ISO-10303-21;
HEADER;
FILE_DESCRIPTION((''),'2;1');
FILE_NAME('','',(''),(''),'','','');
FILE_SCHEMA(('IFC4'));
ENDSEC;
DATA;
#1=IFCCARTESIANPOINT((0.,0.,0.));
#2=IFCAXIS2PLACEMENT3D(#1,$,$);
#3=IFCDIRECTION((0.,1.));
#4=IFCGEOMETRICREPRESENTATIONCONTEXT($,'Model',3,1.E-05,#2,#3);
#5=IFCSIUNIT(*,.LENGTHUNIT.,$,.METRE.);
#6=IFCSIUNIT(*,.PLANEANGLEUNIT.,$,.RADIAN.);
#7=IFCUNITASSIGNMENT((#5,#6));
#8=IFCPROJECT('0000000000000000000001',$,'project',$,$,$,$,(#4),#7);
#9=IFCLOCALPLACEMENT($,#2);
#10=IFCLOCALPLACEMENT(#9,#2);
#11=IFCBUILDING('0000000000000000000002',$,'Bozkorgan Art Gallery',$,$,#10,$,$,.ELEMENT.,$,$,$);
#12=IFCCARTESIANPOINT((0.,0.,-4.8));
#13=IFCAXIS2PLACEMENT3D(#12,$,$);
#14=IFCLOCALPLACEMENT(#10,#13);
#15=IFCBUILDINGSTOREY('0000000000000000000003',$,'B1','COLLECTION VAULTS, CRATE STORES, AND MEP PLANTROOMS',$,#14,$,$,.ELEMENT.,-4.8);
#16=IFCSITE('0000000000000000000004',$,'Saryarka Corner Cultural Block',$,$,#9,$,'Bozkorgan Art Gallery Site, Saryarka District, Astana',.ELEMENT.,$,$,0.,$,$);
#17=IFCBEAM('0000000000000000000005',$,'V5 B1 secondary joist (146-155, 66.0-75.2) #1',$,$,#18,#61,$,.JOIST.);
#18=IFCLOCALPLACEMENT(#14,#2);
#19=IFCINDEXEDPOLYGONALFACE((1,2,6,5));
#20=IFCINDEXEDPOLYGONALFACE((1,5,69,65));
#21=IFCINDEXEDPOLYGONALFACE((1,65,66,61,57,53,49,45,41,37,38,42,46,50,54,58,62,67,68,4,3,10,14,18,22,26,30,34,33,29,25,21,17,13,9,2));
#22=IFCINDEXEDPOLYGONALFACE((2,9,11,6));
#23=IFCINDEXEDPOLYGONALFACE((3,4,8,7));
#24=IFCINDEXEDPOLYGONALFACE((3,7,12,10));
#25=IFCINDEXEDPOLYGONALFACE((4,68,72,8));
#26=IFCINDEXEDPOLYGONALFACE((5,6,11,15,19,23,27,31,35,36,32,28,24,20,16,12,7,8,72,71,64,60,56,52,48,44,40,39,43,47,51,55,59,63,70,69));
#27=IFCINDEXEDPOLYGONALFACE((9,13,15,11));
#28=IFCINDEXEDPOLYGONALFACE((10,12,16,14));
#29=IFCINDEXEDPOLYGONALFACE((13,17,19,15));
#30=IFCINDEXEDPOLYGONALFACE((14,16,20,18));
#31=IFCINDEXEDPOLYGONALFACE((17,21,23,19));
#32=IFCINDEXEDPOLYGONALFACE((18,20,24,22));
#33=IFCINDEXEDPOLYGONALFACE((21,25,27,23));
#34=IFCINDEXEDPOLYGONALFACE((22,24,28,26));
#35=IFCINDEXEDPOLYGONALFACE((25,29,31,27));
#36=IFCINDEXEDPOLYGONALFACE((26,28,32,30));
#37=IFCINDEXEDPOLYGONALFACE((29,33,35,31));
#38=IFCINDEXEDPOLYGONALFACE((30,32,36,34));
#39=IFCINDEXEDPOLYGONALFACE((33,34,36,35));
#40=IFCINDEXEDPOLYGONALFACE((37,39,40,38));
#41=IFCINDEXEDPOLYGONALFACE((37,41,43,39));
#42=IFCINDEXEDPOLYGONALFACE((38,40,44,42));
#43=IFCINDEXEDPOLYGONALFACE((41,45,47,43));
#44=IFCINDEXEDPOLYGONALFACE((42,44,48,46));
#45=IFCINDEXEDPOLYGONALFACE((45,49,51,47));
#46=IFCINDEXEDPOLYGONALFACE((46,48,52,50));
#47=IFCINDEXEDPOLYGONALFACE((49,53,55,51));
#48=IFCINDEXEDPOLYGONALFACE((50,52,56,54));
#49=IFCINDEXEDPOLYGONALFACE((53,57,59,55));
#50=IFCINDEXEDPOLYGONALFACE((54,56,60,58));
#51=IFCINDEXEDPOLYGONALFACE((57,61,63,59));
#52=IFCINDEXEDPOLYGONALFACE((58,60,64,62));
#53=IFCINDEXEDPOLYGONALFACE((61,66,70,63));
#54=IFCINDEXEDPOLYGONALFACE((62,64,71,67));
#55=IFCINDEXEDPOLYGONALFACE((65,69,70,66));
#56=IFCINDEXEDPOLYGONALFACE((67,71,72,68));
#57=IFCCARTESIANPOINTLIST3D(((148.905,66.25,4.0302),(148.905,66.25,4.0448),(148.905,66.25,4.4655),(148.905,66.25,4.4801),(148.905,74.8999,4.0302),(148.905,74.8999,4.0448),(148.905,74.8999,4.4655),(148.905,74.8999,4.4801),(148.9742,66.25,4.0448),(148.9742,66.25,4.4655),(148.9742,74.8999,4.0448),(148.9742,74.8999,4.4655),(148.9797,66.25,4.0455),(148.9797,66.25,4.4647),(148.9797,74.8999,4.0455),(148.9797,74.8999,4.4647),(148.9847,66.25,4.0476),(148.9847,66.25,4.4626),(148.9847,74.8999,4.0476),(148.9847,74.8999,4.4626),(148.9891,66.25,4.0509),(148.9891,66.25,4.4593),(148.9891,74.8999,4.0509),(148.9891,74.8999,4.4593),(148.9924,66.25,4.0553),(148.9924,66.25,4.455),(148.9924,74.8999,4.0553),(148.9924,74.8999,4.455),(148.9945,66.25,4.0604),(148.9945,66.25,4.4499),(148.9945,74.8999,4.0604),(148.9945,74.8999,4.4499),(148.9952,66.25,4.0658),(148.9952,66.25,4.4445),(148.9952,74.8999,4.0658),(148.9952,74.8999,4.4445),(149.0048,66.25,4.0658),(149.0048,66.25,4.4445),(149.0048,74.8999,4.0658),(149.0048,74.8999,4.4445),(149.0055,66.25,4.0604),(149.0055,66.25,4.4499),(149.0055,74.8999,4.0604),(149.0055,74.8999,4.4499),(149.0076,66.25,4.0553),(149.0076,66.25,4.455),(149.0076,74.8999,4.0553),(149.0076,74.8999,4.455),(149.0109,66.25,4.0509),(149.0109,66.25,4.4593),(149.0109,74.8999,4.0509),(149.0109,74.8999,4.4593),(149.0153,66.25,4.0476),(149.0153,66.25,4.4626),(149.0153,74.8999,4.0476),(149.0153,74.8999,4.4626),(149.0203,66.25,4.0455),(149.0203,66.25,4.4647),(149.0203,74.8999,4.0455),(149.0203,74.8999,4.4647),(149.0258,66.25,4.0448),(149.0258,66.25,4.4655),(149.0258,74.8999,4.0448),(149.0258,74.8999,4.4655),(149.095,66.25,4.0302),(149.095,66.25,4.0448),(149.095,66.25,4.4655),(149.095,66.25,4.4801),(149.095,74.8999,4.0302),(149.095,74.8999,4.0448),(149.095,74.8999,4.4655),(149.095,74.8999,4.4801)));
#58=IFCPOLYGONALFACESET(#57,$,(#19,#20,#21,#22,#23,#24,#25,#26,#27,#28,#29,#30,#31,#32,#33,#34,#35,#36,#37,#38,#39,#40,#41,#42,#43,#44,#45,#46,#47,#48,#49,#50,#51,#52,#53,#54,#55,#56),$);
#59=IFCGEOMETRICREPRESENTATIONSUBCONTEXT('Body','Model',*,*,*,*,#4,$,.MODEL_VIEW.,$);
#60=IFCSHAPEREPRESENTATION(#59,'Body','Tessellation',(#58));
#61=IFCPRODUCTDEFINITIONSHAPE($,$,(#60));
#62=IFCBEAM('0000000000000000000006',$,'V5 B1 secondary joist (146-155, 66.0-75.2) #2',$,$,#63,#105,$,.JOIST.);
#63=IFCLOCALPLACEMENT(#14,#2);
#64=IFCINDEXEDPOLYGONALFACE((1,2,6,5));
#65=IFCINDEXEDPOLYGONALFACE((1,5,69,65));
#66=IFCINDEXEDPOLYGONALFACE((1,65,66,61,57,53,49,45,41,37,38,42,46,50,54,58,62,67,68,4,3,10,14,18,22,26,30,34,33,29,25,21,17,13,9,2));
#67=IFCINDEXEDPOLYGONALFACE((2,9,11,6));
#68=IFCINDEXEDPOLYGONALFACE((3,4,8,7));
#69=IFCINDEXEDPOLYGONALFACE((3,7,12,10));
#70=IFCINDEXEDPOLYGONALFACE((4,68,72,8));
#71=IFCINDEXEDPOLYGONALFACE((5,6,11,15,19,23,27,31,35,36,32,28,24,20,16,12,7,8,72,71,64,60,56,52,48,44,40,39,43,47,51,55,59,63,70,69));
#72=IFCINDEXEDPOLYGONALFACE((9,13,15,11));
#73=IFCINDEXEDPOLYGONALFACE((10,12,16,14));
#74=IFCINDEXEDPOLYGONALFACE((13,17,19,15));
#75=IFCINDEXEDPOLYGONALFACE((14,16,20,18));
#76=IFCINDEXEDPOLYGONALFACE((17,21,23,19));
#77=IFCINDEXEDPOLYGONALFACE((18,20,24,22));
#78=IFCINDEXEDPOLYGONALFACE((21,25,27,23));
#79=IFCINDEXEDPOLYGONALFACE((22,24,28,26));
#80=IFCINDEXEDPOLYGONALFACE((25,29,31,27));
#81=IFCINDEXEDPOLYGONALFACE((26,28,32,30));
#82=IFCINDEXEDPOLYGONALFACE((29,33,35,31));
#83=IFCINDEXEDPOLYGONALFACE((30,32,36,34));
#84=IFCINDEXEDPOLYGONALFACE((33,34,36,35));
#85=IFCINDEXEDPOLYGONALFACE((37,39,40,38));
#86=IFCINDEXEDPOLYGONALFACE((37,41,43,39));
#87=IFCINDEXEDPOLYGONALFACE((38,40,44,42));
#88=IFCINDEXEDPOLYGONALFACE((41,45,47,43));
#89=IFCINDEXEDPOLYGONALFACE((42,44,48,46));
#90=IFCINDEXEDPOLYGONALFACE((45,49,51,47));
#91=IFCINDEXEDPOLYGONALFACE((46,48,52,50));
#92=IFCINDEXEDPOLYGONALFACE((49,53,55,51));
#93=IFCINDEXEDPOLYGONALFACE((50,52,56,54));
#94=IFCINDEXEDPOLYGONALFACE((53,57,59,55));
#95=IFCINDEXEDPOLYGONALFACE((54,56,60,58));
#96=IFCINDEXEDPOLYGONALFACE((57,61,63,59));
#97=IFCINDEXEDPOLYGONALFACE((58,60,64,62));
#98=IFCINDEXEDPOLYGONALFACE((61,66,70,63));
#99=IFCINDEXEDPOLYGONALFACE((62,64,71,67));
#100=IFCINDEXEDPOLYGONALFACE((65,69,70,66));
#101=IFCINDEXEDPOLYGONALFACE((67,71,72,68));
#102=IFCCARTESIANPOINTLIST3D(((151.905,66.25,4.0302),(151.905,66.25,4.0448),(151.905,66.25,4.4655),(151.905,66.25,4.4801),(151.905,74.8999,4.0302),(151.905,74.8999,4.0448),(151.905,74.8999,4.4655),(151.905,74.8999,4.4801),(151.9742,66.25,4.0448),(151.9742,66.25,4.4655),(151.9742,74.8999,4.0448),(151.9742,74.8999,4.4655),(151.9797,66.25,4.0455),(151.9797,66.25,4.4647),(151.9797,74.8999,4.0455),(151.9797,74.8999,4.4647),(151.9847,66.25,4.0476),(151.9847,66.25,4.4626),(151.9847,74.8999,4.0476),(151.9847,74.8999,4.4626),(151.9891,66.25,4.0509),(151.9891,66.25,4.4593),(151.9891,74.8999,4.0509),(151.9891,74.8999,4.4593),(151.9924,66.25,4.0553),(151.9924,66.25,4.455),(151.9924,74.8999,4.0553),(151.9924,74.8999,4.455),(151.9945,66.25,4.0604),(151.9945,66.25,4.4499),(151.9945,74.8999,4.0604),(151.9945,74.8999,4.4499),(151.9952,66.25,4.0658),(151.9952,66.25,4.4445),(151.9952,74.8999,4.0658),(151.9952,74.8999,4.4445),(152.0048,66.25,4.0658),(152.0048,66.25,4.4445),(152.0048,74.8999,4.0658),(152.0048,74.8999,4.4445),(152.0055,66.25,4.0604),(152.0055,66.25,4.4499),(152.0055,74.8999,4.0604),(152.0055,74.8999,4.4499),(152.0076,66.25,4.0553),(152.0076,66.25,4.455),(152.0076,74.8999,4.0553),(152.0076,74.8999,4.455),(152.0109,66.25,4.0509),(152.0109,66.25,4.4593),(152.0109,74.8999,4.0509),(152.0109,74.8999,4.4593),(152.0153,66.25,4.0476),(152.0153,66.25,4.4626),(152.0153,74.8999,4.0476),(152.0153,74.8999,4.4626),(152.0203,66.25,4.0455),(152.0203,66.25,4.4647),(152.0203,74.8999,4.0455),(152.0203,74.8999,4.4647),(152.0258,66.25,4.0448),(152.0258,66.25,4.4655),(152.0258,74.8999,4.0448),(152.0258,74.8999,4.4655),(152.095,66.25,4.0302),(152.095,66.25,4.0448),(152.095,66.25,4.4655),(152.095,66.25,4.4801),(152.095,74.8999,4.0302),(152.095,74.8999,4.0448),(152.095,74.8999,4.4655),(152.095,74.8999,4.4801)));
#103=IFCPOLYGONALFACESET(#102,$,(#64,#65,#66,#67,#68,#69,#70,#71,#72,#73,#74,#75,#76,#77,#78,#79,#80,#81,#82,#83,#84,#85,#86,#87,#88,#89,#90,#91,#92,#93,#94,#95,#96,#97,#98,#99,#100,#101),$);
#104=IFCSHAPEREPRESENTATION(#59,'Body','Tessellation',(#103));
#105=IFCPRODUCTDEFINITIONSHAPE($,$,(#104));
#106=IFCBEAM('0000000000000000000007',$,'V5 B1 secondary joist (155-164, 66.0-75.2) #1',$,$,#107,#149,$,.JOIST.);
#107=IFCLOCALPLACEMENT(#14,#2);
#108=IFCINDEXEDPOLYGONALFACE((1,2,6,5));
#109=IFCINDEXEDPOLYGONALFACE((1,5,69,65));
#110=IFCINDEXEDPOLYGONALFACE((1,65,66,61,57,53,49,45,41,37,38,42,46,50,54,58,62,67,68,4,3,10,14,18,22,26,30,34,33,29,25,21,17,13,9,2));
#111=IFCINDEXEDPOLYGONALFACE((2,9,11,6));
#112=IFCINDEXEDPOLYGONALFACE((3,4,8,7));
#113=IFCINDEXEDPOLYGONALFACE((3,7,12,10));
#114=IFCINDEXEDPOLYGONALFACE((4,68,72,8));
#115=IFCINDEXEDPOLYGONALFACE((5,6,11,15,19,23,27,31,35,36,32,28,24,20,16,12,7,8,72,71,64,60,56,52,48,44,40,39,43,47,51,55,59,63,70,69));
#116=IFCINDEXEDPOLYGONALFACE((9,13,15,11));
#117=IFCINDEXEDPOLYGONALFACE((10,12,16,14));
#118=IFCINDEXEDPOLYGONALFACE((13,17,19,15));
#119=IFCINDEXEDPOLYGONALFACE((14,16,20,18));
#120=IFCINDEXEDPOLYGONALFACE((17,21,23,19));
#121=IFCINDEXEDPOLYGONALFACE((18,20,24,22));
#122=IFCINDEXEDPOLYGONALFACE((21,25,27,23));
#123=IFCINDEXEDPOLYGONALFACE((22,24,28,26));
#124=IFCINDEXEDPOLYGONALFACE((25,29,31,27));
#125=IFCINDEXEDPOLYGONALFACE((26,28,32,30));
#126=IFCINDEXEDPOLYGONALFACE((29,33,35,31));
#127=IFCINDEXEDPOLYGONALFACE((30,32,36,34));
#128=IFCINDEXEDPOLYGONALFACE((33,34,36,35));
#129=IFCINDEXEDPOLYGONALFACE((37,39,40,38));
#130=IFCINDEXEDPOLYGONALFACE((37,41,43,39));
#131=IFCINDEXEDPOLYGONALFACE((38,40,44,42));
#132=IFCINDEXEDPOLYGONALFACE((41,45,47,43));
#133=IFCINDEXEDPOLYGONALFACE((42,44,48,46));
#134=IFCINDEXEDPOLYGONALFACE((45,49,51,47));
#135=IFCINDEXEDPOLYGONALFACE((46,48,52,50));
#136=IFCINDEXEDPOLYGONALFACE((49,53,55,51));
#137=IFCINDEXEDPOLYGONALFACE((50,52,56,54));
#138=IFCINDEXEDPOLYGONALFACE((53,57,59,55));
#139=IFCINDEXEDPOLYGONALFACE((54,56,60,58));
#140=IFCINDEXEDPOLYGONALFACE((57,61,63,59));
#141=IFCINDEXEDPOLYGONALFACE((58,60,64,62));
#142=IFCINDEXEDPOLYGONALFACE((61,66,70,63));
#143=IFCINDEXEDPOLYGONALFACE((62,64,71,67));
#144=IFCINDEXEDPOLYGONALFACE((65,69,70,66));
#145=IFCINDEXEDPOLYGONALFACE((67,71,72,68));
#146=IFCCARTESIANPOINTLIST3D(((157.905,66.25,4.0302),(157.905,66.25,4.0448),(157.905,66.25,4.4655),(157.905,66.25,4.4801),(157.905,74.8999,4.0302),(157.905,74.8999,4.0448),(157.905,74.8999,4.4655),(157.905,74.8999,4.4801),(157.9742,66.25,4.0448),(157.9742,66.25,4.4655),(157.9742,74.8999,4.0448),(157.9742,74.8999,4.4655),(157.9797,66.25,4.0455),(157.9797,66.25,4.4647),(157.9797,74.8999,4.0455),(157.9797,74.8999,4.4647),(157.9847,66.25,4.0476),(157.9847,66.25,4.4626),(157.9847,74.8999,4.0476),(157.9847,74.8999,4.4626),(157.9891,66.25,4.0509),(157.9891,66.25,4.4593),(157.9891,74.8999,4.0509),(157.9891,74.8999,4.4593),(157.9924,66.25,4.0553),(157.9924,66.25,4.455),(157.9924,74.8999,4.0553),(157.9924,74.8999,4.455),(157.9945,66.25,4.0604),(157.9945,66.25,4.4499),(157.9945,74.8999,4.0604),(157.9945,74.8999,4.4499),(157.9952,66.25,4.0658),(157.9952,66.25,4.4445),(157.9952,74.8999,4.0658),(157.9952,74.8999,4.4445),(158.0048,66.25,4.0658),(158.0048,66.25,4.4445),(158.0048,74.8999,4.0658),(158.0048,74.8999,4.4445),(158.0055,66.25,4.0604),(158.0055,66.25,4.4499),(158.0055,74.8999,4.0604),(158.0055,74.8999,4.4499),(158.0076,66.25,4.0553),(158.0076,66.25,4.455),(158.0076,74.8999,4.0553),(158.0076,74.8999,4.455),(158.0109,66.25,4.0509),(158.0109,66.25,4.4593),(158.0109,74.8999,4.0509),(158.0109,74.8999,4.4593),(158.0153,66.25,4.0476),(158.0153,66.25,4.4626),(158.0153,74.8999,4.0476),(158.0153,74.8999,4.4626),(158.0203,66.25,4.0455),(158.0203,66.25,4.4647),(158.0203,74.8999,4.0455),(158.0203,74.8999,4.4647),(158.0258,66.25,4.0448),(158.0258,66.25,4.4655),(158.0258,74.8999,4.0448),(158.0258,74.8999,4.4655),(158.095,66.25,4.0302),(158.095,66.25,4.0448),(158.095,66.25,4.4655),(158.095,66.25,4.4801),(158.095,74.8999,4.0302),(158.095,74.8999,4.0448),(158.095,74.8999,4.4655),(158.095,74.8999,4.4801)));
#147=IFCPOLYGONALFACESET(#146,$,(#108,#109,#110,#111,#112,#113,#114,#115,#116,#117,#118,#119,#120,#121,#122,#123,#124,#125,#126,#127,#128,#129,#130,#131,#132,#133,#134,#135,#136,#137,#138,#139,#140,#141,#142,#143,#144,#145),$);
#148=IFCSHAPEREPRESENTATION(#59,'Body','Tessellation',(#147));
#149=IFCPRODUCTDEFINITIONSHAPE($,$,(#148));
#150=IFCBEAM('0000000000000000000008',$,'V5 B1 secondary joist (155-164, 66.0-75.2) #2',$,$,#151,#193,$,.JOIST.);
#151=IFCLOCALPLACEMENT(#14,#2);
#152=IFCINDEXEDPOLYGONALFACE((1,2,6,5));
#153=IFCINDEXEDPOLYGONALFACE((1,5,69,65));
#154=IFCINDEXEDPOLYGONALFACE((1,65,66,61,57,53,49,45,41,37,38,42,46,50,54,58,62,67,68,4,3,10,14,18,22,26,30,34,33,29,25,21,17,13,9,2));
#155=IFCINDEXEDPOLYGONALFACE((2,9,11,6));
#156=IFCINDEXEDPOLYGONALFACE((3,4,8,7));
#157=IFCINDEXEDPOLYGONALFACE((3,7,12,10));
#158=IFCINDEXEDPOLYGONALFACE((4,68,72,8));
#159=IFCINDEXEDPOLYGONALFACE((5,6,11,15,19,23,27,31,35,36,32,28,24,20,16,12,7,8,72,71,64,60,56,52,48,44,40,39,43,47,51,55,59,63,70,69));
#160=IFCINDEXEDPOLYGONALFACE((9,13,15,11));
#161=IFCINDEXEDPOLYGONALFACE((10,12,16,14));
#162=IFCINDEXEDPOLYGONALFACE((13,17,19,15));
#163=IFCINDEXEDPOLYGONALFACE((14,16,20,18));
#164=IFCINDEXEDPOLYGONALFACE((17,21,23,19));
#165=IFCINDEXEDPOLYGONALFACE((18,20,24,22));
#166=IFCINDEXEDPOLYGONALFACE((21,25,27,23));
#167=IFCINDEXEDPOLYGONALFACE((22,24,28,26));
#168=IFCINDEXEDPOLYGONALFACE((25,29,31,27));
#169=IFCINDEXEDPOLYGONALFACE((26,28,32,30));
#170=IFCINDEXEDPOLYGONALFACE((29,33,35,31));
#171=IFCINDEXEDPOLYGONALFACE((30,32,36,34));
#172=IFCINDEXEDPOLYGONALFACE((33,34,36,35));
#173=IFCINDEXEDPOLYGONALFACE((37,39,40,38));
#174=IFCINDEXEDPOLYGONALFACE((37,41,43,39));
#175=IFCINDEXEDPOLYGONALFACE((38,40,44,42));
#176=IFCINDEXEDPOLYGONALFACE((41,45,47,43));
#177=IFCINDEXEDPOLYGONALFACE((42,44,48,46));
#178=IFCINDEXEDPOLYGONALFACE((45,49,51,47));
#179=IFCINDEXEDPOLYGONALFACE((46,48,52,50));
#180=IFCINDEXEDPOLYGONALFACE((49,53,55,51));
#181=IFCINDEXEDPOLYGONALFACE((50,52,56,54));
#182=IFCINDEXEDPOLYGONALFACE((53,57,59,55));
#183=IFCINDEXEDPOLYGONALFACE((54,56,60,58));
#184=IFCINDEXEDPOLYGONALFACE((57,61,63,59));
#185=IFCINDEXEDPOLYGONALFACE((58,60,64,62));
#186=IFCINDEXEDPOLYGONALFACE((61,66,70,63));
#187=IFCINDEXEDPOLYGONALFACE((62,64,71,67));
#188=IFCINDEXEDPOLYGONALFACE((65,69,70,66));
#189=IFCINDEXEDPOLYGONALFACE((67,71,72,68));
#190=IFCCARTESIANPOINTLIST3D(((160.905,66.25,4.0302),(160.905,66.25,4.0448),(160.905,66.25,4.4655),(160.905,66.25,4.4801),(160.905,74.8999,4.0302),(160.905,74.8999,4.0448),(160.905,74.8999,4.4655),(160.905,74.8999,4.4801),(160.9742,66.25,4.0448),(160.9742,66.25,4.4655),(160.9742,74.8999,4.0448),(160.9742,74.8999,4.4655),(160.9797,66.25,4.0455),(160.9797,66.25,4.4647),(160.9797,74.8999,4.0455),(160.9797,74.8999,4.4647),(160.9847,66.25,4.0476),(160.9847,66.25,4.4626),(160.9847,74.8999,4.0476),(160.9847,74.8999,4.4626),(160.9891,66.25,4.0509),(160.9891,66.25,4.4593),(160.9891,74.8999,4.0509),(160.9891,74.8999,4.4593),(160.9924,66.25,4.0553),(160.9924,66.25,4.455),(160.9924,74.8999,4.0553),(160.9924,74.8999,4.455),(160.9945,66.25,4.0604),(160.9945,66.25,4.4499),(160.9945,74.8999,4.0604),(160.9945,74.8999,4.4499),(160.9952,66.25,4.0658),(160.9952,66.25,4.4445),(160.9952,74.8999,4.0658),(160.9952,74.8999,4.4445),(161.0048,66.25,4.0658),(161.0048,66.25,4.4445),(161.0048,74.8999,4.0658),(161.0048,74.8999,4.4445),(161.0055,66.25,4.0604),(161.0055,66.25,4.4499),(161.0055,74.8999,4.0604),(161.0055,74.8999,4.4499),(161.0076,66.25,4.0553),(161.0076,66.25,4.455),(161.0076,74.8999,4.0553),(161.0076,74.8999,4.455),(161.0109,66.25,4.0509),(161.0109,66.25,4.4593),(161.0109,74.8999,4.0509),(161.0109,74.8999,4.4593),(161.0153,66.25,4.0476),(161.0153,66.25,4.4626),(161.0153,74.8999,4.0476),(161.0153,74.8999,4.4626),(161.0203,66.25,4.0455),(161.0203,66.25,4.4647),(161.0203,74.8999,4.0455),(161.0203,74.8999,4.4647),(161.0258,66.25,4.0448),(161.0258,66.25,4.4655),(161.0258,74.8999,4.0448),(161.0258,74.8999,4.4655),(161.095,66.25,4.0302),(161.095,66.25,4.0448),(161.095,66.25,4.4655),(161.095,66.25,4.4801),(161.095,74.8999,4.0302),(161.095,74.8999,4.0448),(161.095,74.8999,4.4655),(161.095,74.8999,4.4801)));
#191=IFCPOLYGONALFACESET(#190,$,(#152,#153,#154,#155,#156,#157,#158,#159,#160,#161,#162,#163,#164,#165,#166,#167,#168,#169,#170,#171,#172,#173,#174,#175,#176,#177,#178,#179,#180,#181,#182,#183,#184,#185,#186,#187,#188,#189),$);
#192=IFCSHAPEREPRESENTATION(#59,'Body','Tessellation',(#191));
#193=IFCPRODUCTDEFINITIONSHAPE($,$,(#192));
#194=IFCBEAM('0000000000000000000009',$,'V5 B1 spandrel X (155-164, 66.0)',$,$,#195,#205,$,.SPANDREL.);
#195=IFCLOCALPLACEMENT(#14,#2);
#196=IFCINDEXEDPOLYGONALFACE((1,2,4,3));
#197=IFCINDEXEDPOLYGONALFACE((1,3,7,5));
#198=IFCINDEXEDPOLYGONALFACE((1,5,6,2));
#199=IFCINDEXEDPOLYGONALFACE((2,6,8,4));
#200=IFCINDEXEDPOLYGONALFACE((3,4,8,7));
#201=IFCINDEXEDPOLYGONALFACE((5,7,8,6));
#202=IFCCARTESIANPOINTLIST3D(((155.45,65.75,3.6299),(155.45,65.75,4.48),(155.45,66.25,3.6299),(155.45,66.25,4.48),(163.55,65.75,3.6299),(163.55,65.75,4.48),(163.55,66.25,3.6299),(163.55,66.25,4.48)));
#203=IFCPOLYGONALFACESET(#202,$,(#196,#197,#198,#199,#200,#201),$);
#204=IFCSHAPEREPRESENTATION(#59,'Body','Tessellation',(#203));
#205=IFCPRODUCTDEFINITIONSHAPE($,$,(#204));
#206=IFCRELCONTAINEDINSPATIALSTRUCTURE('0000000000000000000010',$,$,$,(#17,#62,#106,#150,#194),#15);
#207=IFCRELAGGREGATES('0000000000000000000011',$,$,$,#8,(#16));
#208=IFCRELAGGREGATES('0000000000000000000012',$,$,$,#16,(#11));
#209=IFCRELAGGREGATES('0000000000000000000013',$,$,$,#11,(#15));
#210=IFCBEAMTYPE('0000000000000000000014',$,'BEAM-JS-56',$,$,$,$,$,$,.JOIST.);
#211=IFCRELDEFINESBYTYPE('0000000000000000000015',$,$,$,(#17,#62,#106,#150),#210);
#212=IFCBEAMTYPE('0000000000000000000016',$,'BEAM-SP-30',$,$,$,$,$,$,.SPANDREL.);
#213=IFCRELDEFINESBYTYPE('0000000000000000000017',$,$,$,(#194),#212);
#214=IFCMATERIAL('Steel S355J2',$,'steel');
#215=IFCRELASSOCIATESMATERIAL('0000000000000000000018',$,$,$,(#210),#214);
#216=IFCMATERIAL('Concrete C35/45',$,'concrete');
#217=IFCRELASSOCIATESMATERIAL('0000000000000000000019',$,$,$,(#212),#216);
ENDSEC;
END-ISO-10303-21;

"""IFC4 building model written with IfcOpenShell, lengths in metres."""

from ifc_helpers import new_model, si_unit, direction, frame, origin, origin_2d, place, context, subcontext, project, spatial, rectangle, i_section, extrude, material, material_profile, profile_set, type_object, element, save


model = new_model("IFC4")

# Units and contexts
model_context = context("Model", 3, precision=1e-05, world=origin(), true_north=direction((0.0, 1.0)))
body_context = subcontext(model_context, "Body", "Model", "MODEL_VIEW")
ifc_project = project(units=[si_unit("LENGTHUNIT", "METRE"), si_unit("PLANEANGLEUNIT", "RADIAN")], contexts=[model_context])

# Site, building, storey
site_placement = place(None, origin())
site = spatial("IfcSite", under=ifc_project, at=site_placement, Name="Saryarka Corner Cultural Block", LongName="Bozkorgan Art Gallery Site, Saryarka District, Astana", CompositionType="ELEMENT", RefElevation=0.0)
building_placement = place(site_placement, origin())
building = spatial("IfcBuilding", under=site, at=building_placement, Name="Bozkorgan Art Gallery", CompositionType="ELEMENT")
storey_placement = place(building_placement, frame((0.0, 0.0, -4.8)))
storey = spatial("IfcBuildingStorey", under=building, at=storey_placement, Name="B1", Description="COLLECTION VAULTS, CRATE STORES, AND MEP PLANTROOMS", CompositionType="ELEMENT", Elevation=-4.8)

# Beams
ifc_material_1 = material(Name="Concrete C35/45", Category="concrete")
ifc_material_2 = material(Name="Steel S355J2", Category="steel")
ifc_material_profile_1 = material_profile(ifc_material_2, i_section(OverallWidth=0.1899, OverallDepth=0.45, WebThickness=0.0095, FlangeThickness=0.0146, FilletRadius=0.021, at=origin_2d()), Name="IPE 450")
ifc_profile_set_1 = profile_set([ifc_material_profile_1], Name="Steel S355J2")
beam_type_1 = type_object("IfcBeamType", Name="BEAM-JS-56", PredefinedType="JOIST", material=ifc_profile_set_1)
for number, where, z_axis, x_axis, name in (
    (1, (149.0, 66.25, 4.2551), (0.0, 1.0, 0.0), (-1.0, 0.0, 0.0), "V5 B1 secondary joist (146-155, 66.0-75.2) #1"),
    (2, (152.0, 66.25, 4.2551), (0.0, 1.0, 0.0), (-1.0, 0.0, 0.0), "V5 B1 secondary joist (146-155, 66.0-75.2) #2"),
    (3, (158.0, 66.25, 4.2551), (0.0, 1.0, 0.0), (-1.0, 0.0, 0.0), "V5 B1 secondary joist (155-164, 66.0-75.2) #1"),
    (4, (161.0, 66.25, 4.2551), (0.0, 1.0, 0.0), (-1.0, 0.0, 0.0), "V5 B1 secondary joist (155-164, 66.0-75.2) #2"),
):
    element("IfcBeam", number, at=place(storey_placement, frame(where, z_axis=z_axis, x_axis=x_axis)), inside=storey, type_object=beam_type_1, Name=name, PredefinedType="JOIST", context=body_context, shape_type="SweptSolid", body=[
        extrude(i_section(OverallWidth=0.1899, OverallDepth=0.45, WebThickness=0.0095, FlangeThickness=0.0146, FilletRadius=0.021, at=origin_2d()), origin(), (0.0, 0.0, 1.0), 8.6499),
    ])
ifc_material_profile_2 = material_profile(ifc_material_1, rectangle(XDim=0.5, YDim=0.8501, at=origin_2d()), Name="RC 500x850")
ifc_profile_set_2 = profile_set([ifc_material_profile_2], Name="Concrete C35/45")
beam_type_2 = type_object("IfcBeamType", Name="BEAM-SP-30", PredefinedType="SPANDREL", material=ifc_profile_set_2)
beam_1_placement = place(storey_placement, frame((155.45, 66.0, 4.0549), z_axis=(1.0, 0.0, 0.0), x_axis=(0.0, 1.0, 0.0)))
element("IfcBeam", 5, at=beam_1_placement, inside=storey, type_object=beam_type_2, Name="V5 B1 spandrel X (155-164, 66.0)", PredefinedType="SPANDREL", context=body_context, shape_type="SweptSolid", body=[
    extrude(rectangle(XDim=0.5, YDim=0.8501, at=origin_2d()), origin(), (0.0, 0.0, 1.0), 8.1001),
])

save(model, "model.ifc")
